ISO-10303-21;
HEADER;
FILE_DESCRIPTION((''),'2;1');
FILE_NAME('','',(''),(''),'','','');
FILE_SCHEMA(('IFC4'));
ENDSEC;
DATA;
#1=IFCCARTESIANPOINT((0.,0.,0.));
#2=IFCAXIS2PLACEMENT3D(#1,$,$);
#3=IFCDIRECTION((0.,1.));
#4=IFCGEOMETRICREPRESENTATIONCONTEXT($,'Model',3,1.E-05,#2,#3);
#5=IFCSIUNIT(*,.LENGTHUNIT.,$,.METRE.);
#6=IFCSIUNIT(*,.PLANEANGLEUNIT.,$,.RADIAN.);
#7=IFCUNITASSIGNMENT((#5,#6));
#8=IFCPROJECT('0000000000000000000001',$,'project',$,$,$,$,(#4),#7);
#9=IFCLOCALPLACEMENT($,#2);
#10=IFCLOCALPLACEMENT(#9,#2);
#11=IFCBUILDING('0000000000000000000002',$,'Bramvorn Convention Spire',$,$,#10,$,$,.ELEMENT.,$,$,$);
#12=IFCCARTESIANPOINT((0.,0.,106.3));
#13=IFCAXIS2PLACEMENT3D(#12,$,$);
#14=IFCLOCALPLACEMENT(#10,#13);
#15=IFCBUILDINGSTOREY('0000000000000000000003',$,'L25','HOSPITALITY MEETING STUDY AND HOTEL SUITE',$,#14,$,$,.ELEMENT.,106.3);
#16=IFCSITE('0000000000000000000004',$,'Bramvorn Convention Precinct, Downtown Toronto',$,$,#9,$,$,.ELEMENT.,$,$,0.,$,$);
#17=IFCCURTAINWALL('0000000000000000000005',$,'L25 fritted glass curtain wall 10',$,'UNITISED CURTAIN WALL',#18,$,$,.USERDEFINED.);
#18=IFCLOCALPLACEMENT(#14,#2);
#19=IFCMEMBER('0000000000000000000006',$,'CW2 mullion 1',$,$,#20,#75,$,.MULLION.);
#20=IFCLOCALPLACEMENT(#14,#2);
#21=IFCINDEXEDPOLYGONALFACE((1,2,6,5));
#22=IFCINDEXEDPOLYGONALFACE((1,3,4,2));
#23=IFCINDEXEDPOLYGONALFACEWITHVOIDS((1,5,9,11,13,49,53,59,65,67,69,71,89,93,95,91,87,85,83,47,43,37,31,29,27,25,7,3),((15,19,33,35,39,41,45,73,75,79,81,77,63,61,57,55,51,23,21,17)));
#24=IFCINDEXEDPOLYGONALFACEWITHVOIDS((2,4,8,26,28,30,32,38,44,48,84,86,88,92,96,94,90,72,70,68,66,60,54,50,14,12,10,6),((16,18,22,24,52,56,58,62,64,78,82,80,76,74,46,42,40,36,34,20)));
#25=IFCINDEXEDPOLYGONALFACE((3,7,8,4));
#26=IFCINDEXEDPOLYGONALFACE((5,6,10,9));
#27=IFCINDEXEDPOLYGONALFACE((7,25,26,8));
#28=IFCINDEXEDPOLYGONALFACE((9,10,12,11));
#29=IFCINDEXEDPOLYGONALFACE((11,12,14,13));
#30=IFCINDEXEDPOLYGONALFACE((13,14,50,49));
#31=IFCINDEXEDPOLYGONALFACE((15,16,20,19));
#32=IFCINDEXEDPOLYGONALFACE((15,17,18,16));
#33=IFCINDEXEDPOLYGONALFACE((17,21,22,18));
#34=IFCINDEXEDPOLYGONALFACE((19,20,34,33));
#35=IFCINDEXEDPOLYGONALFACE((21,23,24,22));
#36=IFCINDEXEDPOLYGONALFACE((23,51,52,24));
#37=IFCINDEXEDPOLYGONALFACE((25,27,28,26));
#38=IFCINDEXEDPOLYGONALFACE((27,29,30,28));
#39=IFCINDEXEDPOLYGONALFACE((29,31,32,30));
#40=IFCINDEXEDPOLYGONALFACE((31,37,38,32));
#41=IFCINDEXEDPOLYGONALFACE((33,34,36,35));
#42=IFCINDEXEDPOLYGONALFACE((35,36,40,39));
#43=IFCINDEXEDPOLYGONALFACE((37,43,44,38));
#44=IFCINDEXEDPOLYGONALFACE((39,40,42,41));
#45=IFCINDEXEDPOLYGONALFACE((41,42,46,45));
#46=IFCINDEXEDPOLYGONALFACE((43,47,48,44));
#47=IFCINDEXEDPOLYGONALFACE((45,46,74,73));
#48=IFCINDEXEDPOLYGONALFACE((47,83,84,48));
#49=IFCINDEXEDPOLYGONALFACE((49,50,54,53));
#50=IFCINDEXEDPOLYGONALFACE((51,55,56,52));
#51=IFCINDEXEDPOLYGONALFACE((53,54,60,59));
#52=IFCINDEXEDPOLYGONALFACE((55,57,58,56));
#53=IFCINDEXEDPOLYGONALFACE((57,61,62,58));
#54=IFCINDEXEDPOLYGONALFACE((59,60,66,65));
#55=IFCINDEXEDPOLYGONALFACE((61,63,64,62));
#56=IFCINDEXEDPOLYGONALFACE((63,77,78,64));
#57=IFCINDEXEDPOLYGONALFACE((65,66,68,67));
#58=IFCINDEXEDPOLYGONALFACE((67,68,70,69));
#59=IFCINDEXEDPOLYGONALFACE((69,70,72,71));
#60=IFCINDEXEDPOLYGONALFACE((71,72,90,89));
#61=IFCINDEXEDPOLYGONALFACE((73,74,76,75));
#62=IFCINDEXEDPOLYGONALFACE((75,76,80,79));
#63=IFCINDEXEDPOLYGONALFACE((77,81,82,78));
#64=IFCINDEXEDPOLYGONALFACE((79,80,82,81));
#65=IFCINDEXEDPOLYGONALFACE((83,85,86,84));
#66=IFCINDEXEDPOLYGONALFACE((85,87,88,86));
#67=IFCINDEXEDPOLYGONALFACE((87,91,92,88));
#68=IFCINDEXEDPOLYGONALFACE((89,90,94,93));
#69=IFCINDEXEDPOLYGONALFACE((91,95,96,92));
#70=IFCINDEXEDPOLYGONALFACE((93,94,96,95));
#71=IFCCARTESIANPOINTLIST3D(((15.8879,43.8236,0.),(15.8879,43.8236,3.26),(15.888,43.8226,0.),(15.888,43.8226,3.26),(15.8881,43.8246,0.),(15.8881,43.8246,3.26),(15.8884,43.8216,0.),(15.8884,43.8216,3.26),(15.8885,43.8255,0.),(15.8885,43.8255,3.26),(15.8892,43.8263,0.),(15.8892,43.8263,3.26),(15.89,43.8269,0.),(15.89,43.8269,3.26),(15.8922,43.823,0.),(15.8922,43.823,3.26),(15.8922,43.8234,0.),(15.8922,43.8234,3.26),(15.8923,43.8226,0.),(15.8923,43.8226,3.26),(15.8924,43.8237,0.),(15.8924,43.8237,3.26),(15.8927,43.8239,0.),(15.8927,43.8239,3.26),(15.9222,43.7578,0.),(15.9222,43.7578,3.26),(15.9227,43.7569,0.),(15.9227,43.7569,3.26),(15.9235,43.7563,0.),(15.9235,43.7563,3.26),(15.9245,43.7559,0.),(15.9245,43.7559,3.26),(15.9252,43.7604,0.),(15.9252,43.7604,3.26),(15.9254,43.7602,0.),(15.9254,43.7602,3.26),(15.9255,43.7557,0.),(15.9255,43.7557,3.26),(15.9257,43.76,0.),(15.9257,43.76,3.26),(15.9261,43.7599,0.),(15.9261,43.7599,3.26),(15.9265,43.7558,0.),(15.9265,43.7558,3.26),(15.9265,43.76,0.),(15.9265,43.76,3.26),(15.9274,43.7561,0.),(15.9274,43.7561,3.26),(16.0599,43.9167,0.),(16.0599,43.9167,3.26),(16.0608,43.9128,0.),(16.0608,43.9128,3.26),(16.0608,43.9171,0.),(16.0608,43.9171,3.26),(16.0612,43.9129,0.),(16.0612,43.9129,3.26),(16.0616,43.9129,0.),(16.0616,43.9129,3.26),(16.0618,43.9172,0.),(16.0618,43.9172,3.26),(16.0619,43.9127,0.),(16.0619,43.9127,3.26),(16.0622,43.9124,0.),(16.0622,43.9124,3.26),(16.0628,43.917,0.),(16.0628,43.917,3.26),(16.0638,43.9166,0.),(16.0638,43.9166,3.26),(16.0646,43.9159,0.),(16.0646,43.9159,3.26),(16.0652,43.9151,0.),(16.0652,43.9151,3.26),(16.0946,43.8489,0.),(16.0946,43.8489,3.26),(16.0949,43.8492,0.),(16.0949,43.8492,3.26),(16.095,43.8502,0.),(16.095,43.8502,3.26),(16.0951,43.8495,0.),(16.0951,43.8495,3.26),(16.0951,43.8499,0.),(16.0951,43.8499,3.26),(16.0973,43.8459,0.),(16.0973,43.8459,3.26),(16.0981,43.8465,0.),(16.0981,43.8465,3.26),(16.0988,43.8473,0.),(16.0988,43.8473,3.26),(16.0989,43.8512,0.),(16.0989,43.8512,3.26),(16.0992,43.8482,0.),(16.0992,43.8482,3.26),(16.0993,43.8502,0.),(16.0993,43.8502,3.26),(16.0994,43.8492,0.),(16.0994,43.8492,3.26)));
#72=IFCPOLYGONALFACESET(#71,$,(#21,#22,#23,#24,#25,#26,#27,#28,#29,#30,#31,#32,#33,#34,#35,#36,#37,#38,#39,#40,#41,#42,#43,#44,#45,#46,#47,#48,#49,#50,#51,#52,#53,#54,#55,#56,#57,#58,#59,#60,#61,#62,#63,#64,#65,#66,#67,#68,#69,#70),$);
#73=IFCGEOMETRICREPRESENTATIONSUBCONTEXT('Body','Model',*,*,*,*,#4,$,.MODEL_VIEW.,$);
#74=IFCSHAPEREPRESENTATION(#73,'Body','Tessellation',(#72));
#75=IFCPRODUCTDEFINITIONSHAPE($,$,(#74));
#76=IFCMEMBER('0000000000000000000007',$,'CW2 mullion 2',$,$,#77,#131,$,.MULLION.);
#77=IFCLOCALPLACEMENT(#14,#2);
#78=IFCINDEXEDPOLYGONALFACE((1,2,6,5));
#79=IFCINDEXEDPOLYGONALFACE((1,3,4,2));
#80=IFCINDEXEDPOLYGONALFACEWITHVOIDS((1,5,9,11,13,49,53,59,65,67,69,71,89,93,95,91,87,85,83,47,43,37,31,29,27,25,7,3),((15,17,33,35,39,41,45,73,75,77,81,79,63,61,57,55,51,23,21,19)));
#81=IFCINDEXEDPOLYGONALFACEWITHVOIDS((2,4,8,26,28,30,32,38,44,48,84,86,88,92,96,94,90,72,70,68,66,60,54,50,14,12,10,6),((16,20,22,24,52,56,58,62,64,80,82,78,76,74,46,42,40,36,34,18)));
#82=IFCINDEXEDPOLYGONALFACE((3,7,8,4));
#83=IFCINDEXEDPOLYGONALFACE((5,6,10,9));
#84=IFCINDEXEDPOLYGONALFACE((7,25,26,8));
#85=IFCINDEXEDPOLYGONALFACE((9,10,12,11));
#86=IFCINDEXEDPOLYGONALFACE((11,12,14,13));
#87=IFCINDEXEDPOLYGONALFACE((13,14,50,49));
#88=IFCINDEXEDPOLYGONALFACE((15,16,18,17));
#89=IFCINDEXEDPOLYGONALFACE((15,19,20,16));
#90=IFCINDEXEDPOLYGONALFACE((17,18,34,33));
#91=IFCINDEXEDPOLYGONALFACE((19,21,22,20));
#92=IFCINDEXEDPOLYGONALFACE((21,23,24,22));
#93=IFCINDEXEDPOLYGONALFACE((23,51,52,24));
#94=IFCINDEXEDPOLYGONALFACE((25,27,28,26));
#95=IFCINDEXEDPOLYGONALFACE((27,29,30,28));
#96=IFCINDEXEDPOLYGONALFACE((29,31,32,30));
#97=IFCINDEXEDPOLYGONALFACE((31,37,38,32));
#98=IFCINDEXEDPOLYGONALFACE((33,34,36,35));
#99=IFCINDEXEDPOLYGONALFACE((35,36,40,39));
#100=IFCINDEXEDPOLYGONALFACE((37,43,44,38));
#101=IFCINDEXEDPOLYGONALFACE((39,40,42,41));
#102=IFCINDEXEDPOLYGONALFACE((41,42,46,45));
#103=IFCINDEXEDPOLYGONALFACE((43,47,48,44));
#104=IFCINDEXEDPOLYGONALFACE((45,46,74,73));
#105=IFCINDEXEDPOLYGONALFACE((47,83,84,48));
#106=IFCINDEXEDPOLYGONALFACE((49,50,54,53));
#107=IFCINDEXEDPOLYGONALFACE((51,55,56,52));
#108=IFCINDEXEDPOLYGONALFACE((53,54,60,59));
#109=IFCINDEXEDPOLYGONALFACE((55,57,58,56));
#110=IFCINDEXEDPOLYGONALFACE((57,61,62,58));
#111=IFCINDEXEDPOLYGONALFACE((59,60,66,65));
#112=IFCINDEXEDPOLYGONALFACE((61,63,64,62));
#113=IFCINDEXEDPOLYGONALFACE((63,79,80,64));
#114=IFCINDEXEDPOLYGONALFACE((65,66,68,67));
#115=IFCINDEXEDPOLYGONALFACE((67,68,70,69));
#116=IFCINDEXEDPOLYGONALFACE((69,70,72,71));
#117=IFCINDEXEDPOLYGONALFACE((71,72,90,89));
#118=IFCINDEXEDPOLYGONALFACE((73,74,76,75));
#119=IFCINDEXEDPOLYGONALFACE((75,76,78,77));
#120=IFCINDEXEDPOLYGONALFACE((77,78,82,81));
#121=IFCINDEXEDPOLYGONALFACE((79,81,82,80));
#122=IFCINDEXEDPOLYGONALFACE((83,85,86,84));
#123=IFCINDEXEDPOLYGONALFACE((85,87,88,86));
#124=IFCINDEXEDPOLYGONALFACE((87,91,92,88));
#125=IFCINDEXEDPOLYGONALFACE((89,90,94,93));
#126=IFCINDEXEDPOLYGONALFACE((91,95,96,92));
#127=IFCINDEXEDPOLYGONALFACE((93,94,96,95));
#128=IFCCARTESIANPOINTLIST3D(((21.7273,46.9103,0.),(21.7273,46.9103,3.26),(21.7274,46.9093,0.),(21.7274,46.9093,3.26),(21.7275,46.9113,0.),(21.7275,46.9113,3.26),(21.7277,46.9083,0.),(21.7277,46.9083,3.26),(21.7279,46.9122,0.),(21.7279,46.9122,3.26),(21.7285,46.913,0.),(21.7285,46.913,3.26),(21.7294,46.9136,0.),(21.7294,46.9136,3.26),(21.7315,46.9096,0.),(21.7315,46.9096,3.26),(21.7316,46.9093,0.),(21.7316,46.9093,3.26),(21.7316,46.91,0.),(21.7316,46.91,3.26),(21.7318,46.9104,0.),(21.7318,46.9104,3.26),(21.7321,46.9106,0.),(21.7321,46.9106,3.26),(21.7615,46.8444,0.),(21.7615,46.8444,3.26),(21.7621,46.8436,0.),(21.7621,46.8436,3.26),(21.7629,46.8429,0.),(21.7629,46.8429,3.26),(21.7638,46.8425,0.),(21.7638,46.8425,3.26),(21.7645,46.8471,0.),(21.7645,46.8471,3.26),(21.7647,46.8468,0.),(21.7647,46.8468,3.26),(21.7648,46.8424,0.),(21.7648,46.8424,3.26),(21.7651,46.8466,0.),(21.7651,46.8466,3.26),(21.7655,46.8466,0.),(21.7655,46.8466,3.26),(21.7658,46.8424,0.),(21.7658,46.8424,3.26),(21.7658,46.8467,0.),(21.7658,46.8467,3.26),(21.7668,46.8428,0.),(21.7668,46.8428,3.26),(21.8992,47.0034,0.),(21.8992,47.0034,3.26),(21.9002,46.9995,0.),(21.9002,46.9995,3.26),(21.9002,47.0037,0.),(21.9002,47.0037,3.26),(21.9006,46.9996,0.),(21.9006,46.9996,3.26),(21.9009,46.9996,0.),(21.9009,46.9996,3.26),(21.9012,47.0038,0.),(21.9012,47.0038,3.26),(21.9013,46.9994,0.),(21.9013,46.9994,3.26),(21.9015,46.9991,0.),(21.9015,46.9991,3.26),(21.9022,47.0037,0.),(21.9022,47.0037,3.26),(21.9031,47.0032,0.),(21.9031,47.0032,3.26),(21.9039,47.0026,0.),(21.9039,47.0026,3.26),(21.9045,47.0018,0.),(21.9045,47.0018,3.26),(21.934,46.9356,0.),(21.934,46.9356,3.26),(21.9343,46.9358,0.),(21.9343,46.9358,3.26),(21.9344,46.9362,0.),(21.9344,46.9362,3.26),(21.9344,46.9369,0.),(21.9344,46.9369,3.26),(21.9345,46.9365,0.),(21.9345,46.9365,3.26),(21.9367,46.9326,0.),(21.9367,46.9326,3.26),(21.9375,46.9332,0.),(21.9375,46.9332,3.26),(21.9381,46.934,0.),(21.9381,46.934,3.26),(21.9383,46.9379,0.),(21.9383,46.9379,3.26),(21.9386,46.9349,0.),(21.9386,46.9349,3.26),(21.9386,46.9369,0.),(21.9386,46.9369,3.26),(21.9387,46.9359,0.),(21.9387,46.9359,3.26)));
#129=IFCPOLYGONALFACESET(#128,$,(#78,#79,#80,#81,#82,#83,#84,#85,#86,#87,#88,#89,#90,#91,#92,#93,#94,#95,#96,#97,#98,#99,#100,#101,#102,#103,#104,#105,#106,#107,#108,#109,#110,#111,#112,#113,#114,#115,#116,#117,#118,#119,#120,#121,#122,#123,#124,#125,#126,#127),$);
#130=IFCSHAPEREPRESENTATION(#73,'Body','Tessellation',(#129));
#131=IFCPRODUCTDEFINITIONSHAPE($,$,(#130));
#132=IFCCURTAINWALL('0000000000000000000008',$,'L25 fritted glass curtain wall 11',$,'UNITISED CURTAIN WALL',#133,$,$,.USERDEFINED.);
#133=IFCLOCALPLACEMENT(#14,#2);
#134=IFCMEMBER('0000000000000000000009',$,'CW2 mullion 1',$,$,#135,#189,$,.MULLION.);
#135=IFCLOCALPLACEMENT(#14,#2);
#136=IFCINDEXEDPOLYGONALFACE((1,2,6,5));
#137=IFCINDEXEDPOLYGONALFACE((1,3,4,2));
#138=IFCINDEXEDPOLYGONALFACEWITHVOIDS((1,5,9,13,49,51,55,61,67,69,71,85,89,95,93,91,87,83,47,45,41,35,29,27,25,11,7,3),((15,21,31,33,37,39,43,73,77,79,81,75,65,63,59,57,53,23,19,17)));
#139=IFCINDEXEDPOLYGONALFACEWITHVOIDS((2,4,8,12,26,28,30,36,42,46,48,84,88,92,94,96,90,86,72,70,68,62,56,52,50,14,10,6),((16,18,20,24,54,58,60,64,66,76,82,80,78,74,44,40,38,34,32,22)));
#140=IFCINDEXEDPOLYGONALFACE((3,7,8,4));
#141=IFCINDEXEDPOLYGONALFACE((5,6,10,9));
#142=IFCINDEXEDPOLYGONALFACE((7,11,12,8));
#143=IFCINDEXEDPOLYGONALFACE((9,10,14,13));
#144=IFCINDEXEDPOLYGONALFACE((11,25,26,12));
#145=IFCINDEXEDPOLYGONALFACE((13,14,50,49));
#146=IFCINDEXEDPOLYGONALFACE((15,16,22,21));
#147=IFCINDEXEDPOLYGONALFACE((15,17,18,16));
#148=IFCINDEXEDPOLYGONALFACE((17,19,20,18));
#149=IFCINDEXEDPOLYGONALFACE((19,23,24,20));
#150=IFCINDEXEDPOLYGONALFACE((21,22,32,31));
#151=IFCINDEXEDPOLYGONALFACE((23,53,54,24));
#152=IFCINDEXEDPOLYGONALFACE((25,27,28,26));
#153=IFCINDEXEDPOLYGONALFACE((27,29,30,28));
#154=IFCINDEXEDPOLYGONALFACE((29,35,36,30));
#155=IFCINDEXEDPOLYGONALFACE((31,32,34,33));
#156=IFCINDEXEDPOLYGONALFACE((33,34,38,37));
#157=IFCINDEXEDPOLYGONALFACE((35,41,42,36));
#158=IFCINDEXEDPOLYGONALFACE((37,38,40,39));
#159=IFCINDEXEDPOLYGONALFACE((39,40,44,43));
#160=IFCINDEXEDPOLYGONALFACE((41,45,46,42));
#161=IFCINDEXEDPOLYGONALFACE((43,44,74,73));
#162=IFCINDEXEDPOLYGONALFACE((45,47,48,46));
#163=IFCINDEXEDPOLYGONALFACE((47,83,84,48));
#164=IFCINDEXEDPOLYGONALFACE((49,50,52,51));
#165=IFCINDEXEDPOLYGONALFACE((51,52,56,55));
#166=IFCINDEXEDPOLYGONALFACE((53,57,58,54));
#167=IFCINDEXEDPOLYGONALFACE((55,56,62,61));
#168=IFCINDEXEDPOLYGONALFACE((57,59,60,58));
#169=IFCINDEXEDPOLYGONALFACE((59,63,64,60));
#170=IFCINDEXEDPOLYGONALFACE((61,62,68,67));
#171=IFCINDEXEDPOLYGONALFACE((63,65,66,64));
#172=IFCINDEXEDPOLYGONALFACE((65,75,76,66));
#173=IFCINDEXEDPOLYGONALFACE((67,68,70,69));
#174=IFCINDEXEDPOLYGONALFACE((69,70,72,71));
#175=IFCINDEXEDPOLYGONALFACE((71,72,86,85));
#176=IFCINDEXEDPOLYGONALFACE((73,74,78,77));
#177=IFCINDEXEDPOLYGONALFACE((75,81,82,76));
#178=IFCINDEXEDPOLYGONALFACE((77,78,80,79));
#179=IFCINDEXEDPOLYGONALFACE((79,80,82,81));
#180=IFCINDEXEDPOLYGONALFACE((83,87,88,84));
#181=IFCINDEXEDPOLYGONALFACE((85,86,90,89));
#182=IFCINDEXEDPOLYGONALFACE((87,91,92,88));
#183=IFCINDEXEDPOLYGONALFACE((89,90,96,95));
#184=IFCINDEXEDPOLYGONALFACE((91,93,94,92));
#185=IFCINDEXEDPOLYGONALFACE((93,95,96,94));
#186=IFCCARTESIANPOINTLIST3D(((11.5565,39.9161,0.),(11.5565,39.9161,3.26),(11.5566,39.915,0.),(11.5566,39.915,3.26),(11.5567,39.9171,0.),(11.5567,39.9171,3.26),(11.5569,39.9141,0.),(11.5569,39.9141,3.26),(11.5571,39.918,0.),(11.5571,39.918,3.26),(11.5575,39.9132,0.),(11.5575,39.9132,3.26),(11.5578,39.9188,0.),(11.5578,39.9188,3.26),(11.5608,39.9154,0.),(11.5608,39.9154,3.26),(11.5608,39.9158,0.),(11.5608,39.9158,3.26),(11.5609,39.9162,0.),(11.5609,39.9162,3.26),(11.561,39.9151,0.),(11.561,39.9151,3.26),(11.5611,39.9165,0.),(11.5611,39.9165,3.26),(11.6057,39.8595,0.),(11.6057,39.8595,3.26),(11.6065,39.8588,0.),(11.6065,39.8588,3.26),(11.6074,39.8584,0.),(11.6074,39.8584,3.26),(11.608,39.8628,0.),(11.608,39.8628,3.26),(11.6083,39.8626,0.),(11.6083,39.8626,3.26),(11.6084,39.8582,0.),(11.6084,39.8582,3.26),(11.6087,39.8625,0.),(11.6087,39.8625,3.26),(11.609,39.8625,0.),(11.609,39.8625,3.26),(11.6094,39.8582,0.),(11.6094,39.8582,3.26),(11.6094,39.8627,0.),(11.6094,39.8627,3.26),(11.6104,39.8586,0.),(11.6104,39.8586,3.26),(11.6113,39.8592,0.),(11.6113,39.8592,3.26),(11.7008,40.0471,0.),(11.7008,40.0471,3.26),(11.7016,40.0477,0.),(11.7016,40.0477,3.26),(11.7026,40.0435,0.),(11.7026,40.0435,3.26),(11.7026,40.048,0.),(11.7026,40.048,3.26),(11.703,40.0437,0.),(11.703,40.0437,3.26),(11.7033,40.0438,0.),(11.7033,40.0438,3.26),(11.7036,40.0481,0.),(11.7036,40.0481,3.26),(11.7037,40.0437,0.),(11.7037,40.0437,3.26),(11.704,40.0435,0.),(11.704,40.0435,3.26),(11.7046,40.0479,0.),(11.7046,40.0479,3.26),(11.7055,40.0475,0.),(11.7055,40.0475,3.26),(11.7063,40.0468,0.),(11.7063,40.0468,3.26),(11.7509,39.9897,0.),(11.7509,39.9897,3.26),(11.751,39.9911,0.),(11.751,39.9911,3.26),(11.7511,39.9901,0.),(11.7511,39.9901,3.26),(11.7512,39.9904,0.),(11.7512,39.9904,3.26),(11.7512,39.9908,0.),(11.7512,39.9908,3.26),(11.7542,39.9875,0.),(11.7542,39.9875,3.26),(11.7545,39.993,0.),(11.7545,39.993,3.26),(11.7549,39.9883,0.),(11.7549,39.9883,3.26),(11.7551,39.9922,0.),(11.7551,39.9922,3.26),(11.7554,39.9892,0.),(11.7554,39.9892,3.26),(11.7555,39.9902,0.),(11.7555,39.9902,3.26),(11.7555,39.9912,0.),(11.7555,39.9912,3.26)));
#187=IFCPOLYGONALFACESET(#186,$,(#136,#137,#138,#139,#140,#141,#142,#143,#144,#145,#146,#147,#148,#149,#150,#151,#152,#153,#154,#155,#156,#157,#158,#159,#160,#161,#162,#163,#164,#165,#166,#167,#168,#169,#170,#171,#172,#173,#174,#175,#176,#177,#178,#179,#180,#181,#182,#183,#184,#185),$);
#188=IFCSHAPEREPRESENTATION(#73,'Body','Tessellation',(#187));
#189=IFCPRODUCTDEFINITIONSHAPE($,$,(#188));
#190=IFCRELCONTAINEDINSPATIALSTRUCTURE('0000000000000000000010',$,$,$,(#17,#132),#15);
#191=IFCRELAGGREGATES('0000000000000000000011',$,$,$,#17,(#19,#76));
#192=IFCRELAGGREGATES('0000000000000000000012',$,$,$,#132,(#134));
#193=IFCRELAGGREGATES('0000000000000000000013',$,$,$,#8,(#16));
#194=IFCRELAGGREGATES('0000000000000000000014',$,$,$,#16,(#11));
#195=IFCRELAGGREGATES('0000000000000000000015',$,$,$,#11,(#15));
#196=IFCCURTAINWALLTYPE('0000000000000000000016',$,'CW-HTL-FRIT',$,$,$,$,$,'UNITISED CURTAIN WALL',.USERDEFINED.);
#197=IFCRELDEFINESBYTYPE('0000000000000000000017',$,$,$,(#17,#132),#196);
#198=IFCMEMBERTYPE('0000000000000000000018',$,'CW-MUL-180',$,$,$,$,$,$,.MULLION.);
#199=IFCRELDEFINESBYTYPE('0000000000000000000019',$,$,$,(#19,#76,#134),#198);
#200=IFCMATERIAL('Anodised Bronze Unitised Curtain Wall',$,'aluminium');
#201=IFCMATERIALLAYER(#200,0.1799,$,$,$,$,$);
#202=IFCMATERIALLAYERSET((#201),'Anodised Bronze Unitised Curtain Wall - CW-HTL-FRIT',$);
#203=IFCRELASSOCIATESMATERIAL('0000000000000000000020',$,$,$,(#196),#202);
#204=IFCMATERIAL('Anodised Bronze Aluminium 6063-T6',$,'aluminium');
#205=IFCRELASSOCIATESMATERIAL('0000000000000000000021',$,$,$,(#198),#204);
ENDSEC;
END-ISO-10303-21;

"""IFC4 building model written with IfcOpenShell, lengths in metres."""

from ifc_helpers import new_model, si_unit, direction, frame, origin, origin_2d, place, context, subcontext, project, spatial, hollow_rectangle, extrude, material, layer, layer_set, material_profile, profile_set, type_object, element, aggregate, save


model = new_model("IFC4")

# Units and contexts
model_context = context("Model", 3, precision=1e-05, world=origin(), true_north=direction((0.0, 1.0)))
body_context = subcontext(model_context, "Body", "Model", "MODEL_VIEW")
ifc_project = project(units=[si_unit("LENGTHUNIT", "METRE"), si_unit("PLANEANGLEUNIT", "RADIAN")], contexts=[model_context])

# Site, building, storey
site_placement = place(None, origin())
site = spatial("IfcSite", under=ifc_project, at=site_placement, Name="Bramvorn Convention Precinct, Downtown Toronto", CompositionType="ELEMENT", RefElevation=0.0)
building_placement = place(site_placement, origin())
building = spatial("IfcBuilding", under=site, at=building_placement, Name="Bramvorn Convention Spire", CompositionType="ELEMENT")
storey_placement = place(building_placement, frame((0.0, 0.0, 106.3)))
storey = spatial("IfcBuildingStorey", under=building, at=storey_placement, Name="L25", Description="HOSPITALITY MEETING STUDY AND HOTEL SUITE", CompositionType="ELEMENT", Elevation=106.3)

# Curtain walls, members
ifc_material_1 = material(Name="Anodised Bronze Unitised Curtain Wall", Category="aluminium")
ifc_layer_1 = layer(ifc_material_1, 0.1799)
ifc_layer_set_1 = layer_set([ifc_layer_1], Name="Anodised Bronze Unitised Curtain Wall - CW-HTL-FRIT")
curtain_wall_type = type_object("IfcCurtainWallType", Name="CW-HTL-FRIT", ElementType="UNITISED CURTAIN WALL", PredefinedType="USERDEFINED", material=ifc_layer_set_1)
curtain_wall_1_placement = place(storey_placement, origin())
curtain_wall_1 = element("IfcCurtainWall", 1, at=curtain_wall_1_placement, inside=storey, type_object=curtain_wall_type, Name="L25 fritted glass curtain wall 10", ObjectType="UNITISED CURTAIN WALL", PredefinedType="USERDEFINED")
ifc_material_2 = material(Name="Anodised Bronze Aluminium 6063-T6", Category="aluminium")
ifc_material_profile_1 = material_profile(ifc_material_2, hollow_rectangle(XDim=0.0801, YDim=0.2, WallThickness=0.0039, InnerFilletRadius=0.001, OuterFilletRadius=0.0039, at=origin_2d()))
ifc_profile_set_1 = profile_set([ifc_material_profile_1], Name="Anodised Bronze Aluminium 6063-T6 - CWM80X200")
member_type_1 = type_object("IfcMemberType", Name="CW-MUL-180", PredefinedType="MULLION", material=ifc_profile_set_1)
member_1_placement = place(storey_placement, frame((15.9937, 43.8364, 0.0), z_axis=(0.0, 0.0, 1.0), x_axis=(-0.467348, 0.884074, 0.0)))
member_1 = element("IfcMember", 2, at=member_1_placement, type_object=member_type_1, Name="CW2 mullion 1", PredefinedType="MULLION", context=body_context, shape_type="SweptSolid", body=[
    extrude(hollow_rectangle(XDim=0.0801, YDim=0.2, WallThickness=0.0039, InnerFilletRadius=0.001, OuterFilletRadius=0.0039, at=origin_2d()), origin(), (0.0, 0.0, 1.0), 3.26),
])
member_2_placement = place(storey_placement, frame((21.833, 46.9231, 0.0), z_axis=(0.0, 0.0, 1.0), x_axis=(-0.467348, 0.884074, 0.0)))
member_2 = element("IfcMember", 3, at=member_2_placement, type_object=member_type_1, Name="CW2 mullion 2", PredefinedType="MULLION", context=body_context, shape_type="SweptSolid", body=[
    extrude(hollow_rectangle(XDim=0.0801, YDim=0.2, WallThickness=0.0039, InnerFilletRadius=0.001, OuterFilletRadius=0.0039, at=origin_2d()), origin(), (0.0, 0.0, 1.0), 3.26),
])
curtain_wall_2_placement = place(storey_placement, origin())
curtain_wall_2 = element("IfcCurtainWall", 4, at=curtain_wall_2_placement, inside=storey, type_object=curtain_wall_type, Name="L25 fritted glass curtain wall 11", ObjectType="UNITISED CURTAIN WALL", PredefinedType="USERDEFINED")
member_3_placement = place(storey_placement, frame((11.656, 39.9531, 0.0), z_axis=(0.0, 0.0, 1.0), x_axis=(-0.667934, 0.744221, 0.0)))
member_3 = element("IfcMember", 5, at=member_3_placement, type_object=member_type_1, Name="CW2 mullion 1", PredefinedType="MULLION", context=body_context, shape_type="SweptSolid", body=[
    extrude(hollow_rectangle(XDim=0.0801, YDim=0.2, WallThickness=0.0039, InnerFilletRadius=0.001, OuterFilletRadius=0.0039, at=origin_2d()), origin(), (0.0, 0.0, 1.0), 3.26),
])

aggregate(curtain_wall_1, [member_1, member_2])
aggregate(curtain_wall_2, [member_3])

save(model, "model.ifc")
